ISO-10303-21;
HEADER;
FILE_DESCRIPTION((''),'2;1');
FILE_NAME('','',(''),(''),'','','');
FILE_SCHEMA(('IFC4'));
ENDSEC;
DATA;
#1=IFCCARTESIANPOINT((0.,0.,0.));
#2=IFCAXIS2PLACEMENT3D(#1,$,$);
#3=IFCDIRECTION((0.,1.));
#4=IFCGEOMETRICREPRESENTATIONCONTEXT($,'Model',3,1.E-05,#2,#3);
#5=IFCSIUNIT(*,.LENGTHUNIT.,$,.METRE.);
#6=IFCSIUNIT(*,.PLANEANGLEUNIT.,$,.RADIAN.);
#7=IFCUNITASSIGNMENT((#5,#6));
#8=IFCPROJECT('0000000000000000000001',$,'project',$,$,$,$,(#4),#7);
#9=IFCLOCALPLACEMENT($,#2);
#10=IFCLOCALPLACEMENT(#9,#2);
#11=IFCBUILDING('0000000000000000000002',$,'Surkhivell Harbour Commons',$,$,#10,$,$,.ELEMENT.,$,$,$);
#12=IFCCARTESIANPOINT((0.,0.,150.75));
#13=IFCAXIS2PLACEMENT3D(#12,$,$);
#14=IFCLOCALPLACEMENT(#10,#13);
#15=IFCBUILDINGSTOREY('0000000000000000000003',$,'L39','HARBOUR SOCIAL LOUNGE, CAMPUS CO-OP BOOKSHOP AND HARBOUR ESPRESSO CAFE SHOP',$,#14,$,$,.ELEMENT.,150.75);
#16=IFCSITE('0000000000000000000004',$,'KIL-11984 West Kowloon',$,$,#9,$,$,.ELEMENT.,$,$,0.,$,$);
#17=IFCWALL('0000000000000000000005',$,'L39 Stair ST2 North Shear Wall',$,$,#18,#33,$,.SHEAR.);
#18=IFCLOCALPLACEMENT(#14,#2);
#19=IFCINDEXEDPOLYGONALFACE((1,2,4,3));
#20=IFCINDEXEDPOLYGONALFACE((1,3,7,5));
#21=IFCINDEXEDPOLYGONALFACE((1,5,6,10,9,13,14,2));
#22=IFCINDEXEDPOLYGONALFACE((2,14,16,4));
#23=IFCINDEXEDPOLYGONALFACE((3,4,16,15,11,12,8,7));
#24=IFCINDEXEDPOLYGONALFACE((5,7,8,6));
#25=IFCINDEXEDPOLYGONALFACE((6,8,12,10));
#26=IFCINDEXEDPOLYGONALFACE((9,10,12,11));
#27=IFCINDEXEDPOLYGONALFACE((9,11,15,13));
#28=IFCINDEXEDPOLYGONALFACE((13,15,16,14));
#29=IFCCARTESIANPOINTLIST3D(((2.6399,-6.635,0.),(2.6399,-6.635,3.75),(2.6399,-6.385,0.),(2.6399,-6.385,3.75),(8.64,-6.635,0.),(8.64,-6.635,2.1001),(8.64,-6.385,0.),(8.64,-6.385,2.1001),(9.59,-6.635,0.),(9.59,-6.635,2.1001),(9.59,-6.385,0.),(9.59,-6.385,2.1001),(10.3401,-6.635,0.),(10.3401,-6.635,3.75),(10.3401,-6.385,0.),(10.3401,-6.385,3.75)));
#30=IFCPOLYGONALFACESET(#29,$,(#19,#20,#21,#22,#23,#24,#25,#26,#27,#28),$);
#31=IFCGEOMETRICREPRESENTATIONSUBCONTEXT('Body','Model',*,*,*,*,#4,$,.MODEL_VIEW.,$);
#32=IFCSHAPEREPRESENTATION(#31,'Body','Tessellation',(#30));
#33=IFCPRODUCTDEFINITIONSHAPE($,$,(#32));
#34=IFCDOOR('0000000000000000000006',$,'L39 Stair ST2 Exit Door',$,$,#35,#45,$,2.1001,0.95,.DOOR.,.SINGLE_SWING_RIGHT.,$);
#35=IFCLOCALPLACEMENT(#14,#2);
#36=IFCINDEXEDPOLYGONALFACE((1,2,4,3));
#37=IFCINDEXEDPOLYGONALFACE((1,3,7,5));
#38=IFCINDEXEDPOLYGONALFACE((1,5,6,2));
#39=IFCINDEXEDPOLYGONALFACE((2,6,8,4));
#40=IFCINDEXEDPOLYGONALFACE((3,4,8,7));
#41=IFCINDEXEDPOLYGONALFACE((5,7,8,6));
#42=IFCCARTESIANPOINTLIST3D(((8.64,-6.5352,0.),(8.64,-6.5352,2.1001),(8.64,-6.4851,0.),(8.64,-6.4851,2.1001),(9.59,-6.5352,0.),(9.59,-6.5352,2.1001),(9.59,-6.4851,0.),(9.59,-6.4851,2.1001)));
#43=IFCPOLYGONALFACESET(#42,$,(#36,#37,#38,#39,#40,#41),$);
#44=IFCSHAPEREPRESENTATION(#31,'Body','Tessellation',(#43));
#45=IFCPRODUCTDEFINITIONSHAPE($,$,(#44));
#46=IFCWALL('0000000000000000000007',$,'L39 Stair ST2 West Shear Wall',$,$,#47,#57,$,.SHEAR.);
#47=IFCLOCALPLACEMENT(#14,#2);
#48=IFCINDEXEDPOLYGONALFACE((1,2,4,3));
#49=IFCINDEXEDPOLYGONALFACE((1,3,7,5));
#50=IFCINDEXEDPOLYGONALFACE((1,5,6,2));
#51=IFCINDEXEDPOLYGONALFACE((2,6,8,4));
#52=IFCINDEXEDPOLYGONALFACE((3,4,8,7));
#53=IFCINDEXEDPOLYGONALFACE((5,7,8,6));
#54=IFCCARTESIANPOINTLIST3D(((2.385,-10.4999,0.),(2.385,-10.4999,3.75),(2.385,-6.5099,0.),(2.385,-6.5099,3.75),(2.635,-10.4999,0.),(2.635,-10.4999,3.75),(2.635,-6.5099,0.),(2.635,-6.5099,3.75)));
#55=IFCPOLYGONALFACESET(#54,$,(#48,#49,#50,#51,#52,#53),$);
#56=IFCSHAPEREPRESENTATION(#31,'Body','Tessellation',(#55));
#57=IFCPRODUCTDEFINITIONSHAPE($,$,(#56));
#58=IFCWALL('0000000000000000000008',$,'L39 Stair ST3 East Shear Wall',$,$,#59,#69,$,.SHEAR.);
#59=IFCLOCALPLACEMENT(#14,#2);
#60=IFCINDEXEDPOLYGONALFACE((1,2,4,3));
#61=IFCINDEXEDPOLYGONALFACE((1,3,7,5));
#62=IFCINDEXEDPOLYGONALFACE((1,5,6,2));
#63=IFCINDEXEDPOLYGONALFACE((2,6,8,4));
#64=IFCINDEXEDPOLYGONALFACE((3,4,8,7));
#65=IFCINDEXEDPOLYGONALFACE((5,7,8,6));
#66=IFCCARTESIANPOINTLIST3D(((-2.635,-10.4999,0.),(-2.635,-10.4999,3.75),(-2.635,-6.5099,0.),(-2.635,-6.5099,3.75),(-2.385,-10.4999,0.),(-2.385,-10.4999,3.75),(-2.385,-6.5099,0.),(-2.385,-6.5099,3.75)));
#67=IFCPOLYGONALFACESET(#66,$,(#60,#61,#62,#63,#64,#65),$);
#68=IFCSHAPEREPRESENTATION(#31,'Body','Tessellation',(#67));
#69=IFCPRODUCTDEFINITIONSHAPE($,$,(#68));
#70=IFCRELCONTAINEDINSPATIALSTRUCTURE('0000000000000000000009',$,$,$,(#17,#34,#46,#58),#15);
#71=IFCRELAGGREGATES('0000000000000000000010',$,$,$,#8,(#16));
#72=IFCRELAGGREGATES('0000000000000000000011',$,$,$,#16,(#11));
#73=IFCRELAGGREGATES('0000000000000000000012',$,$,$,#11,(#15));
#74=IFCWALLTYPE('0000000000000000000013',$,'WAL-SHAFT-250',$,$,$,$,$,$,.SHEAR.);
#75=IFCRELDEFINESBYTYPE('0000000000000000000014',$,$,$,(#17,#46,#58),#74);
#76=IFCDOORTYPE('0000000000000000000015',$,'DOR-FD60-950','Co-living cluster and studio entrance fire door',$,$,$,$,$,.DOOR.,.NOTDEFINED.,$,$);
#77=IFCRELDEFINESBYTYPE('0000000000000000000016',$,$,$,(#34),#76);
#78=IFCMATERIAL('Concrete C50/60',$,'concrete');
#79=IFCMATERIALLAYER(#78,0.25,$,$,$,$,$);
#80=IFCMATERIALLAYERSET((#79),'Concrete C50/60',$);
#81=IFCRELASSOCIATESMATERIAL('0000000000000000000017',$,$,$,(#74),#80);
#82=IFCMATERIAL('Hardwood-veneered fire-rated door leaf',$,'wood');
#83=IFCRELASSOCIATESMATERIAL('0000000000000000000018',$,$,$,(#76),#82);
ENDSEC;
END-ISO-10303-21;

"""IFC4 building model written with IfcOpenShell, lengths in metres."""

from ifc_helpers import new_model, si_unit, direction, frame, frame_2d, origin, place, context, subcontext, project, spatial, rectangle, extrude, material, layer, layer_set, type_object, element, fill, save


model = new_model("IFC4")

# Units and contexts
model_context = context("Model", 3, precision=1e-05, world=origin(), true_north=direction((0.0, 1.0)))
body_context = subcontext(model_context, "Body", "Model", "MODEL_VIEW")
ifc_project = project(units=[si_unit("LENGTHUNIT", "METRE"), si_unit("PLANEANGLEUNIT", "RADIAN")], contexts=[model_context])

# Site, building, storey
site_placement = place(None, origin())
site = spatial("IfcSite", under=ifc_project, at=site_placement, Name="KIL-11984 West Kowloon", CompositionType="ELEMENT", RefElevation=0.0)
building_placement = place(site_placement, origin())
building = spatial("IfcBuilding", under=site, at=building_placement, Name="Surkhivell Harbour Commons", CompositionType="ELEMENT")
storey_placement = place(building_placement, frame((0.0, 0.0, 150.75)))
storey = spatial("IfcBuildingStorey", under=building, at=storey_placement, Name="L39", Description="HARBOUR SOCIAL LOUNGE, CAMPUS CO-OP BOOKSHOP AND HARBOUR ESPRESSO CAFE SHOP", CompositionType="ELEMENT", Elevation=150.75)

# Shared definitions
ifc_material_1 = material(Name="Hardwood-veneered fire-rated door leaf", Category="wood")

# Shared definitions
ifc_material_2 = material(Name="Concrete C50/60", Category="concrete")
ifc_layer_1 = layer(ifc_material_2, 0.25)
ifc_layer_set_1 = layer_set([ifc_layer_1], Name="Concrete C50/60")
wall_type_1 = type_object("IfcWallType", Name="WAL-SHAFT-250", PredefinedType="SHEAR", material=ifc_layer_set_1)

# Wall, opening, door
wall_1_placement = place(storey_placement, frame((2.6399, -6.51, 0.0), z_axis=(0.0, 0.0, 1.0), x_axis=(1.0, 0.0, 0.0)))
wall_1 = element("IfcWall", 1, at=wall_1_placement, inside=storey, type_object=wall_type_1, Name="L39 Stair ST2 North Shear Wall", PredefinedType="SHEAR", context=body_context, shape_type="SweptSolid", body=[
    extrude(rectangle(XDim=7.7002, YDim=0.25, at=frame_2d((3.8501, 0.0))), origin(), (0.0, 0.0, 1.0), 3.75),
])
opening_1_placement = place(wall_1_placement, frame((6.0, 0.0, 0.0)))
opening_1 = element("IfcOpeningElement", 2, at=opening_1_placement, cuts=wall_1, PredefinedType="OPENING", context=body_context, shape_type="SweptSolid", body=[
    extrude(rectangle(XDim=0.95, YDim=2.1001, at=frame_2d((0.4751, 1.05))), frame((0.0, 0.135, 0.0), z_axis=(0.0, -1.0, 0.0), x_axis=(1.0, 0.0, 0.0)), (0.0, 0.0, 1.0), 0.27),
])
door_type_1 = type_object("IfcDoorType", Name="DOR-FD60-950", Description="Co-living cluster and studio entrance fire door", OperationType="NOTDEFINED", PredefinedType="DOOR", material=ifc_material_1)
door_1_placement = place(opening_1_placement, origin())
door_1 = element("IfcDoor", 3, at=door_1_placement, inside=storey, type_object=door_type_1, Name="L39 Stair ST2 Exit Door", OperationType="SINGLE_SWING_RIGHT", OverallHeight=2.1001, OverallWidth=0.95, PredefinedType="DOOR", context=body_context, shape_type="SweptSolid", body=[
    extrude(rectangle(XDim=0.95, YDim=2.1001, at=frame_2d((0.4751, 1.05))), frame((0.0, 0.0249, 0.0), z_axis=(0.0, -1.0, 0.0), x_axis=(1.0, 0.0, 0.0)), (0.0, 0.0, 1.0), 0.05),
])
fill(opening_1, door_1)

# Walls
for number, where, z_axis, x_axis, name in (
    (4, (2.51, -10.5, 0.0), (0.0, 0.0, 1.0), (0.0, 1.0, 0.0), "L39 Stair ST2 West Shear Wall"),
    (5, (-2.51, -10.5, 0.0), (0.0, 0.0, 1.0), (0.0, 1.0, 0.0), "L39 Stair ST3 East Shear Wall"),
):
    element("IfcWall", number, at=place(storey_placement, frame(where, z_axis=z_axis, x_axis=x_axis)), inside=storey, type_object=wall_type_1, Name=name, PredefinedType="SHEAR", context=body_context, shape_type="SweptSolid", body=[
        extrude(rectangle(XDim=3.99, YDim=0.25, at=frame_2d((1.9951, 0.0))), origin(), (0.0, 0.0, 1.0), 3.75),
    ])

save(model, "model.ifc")
